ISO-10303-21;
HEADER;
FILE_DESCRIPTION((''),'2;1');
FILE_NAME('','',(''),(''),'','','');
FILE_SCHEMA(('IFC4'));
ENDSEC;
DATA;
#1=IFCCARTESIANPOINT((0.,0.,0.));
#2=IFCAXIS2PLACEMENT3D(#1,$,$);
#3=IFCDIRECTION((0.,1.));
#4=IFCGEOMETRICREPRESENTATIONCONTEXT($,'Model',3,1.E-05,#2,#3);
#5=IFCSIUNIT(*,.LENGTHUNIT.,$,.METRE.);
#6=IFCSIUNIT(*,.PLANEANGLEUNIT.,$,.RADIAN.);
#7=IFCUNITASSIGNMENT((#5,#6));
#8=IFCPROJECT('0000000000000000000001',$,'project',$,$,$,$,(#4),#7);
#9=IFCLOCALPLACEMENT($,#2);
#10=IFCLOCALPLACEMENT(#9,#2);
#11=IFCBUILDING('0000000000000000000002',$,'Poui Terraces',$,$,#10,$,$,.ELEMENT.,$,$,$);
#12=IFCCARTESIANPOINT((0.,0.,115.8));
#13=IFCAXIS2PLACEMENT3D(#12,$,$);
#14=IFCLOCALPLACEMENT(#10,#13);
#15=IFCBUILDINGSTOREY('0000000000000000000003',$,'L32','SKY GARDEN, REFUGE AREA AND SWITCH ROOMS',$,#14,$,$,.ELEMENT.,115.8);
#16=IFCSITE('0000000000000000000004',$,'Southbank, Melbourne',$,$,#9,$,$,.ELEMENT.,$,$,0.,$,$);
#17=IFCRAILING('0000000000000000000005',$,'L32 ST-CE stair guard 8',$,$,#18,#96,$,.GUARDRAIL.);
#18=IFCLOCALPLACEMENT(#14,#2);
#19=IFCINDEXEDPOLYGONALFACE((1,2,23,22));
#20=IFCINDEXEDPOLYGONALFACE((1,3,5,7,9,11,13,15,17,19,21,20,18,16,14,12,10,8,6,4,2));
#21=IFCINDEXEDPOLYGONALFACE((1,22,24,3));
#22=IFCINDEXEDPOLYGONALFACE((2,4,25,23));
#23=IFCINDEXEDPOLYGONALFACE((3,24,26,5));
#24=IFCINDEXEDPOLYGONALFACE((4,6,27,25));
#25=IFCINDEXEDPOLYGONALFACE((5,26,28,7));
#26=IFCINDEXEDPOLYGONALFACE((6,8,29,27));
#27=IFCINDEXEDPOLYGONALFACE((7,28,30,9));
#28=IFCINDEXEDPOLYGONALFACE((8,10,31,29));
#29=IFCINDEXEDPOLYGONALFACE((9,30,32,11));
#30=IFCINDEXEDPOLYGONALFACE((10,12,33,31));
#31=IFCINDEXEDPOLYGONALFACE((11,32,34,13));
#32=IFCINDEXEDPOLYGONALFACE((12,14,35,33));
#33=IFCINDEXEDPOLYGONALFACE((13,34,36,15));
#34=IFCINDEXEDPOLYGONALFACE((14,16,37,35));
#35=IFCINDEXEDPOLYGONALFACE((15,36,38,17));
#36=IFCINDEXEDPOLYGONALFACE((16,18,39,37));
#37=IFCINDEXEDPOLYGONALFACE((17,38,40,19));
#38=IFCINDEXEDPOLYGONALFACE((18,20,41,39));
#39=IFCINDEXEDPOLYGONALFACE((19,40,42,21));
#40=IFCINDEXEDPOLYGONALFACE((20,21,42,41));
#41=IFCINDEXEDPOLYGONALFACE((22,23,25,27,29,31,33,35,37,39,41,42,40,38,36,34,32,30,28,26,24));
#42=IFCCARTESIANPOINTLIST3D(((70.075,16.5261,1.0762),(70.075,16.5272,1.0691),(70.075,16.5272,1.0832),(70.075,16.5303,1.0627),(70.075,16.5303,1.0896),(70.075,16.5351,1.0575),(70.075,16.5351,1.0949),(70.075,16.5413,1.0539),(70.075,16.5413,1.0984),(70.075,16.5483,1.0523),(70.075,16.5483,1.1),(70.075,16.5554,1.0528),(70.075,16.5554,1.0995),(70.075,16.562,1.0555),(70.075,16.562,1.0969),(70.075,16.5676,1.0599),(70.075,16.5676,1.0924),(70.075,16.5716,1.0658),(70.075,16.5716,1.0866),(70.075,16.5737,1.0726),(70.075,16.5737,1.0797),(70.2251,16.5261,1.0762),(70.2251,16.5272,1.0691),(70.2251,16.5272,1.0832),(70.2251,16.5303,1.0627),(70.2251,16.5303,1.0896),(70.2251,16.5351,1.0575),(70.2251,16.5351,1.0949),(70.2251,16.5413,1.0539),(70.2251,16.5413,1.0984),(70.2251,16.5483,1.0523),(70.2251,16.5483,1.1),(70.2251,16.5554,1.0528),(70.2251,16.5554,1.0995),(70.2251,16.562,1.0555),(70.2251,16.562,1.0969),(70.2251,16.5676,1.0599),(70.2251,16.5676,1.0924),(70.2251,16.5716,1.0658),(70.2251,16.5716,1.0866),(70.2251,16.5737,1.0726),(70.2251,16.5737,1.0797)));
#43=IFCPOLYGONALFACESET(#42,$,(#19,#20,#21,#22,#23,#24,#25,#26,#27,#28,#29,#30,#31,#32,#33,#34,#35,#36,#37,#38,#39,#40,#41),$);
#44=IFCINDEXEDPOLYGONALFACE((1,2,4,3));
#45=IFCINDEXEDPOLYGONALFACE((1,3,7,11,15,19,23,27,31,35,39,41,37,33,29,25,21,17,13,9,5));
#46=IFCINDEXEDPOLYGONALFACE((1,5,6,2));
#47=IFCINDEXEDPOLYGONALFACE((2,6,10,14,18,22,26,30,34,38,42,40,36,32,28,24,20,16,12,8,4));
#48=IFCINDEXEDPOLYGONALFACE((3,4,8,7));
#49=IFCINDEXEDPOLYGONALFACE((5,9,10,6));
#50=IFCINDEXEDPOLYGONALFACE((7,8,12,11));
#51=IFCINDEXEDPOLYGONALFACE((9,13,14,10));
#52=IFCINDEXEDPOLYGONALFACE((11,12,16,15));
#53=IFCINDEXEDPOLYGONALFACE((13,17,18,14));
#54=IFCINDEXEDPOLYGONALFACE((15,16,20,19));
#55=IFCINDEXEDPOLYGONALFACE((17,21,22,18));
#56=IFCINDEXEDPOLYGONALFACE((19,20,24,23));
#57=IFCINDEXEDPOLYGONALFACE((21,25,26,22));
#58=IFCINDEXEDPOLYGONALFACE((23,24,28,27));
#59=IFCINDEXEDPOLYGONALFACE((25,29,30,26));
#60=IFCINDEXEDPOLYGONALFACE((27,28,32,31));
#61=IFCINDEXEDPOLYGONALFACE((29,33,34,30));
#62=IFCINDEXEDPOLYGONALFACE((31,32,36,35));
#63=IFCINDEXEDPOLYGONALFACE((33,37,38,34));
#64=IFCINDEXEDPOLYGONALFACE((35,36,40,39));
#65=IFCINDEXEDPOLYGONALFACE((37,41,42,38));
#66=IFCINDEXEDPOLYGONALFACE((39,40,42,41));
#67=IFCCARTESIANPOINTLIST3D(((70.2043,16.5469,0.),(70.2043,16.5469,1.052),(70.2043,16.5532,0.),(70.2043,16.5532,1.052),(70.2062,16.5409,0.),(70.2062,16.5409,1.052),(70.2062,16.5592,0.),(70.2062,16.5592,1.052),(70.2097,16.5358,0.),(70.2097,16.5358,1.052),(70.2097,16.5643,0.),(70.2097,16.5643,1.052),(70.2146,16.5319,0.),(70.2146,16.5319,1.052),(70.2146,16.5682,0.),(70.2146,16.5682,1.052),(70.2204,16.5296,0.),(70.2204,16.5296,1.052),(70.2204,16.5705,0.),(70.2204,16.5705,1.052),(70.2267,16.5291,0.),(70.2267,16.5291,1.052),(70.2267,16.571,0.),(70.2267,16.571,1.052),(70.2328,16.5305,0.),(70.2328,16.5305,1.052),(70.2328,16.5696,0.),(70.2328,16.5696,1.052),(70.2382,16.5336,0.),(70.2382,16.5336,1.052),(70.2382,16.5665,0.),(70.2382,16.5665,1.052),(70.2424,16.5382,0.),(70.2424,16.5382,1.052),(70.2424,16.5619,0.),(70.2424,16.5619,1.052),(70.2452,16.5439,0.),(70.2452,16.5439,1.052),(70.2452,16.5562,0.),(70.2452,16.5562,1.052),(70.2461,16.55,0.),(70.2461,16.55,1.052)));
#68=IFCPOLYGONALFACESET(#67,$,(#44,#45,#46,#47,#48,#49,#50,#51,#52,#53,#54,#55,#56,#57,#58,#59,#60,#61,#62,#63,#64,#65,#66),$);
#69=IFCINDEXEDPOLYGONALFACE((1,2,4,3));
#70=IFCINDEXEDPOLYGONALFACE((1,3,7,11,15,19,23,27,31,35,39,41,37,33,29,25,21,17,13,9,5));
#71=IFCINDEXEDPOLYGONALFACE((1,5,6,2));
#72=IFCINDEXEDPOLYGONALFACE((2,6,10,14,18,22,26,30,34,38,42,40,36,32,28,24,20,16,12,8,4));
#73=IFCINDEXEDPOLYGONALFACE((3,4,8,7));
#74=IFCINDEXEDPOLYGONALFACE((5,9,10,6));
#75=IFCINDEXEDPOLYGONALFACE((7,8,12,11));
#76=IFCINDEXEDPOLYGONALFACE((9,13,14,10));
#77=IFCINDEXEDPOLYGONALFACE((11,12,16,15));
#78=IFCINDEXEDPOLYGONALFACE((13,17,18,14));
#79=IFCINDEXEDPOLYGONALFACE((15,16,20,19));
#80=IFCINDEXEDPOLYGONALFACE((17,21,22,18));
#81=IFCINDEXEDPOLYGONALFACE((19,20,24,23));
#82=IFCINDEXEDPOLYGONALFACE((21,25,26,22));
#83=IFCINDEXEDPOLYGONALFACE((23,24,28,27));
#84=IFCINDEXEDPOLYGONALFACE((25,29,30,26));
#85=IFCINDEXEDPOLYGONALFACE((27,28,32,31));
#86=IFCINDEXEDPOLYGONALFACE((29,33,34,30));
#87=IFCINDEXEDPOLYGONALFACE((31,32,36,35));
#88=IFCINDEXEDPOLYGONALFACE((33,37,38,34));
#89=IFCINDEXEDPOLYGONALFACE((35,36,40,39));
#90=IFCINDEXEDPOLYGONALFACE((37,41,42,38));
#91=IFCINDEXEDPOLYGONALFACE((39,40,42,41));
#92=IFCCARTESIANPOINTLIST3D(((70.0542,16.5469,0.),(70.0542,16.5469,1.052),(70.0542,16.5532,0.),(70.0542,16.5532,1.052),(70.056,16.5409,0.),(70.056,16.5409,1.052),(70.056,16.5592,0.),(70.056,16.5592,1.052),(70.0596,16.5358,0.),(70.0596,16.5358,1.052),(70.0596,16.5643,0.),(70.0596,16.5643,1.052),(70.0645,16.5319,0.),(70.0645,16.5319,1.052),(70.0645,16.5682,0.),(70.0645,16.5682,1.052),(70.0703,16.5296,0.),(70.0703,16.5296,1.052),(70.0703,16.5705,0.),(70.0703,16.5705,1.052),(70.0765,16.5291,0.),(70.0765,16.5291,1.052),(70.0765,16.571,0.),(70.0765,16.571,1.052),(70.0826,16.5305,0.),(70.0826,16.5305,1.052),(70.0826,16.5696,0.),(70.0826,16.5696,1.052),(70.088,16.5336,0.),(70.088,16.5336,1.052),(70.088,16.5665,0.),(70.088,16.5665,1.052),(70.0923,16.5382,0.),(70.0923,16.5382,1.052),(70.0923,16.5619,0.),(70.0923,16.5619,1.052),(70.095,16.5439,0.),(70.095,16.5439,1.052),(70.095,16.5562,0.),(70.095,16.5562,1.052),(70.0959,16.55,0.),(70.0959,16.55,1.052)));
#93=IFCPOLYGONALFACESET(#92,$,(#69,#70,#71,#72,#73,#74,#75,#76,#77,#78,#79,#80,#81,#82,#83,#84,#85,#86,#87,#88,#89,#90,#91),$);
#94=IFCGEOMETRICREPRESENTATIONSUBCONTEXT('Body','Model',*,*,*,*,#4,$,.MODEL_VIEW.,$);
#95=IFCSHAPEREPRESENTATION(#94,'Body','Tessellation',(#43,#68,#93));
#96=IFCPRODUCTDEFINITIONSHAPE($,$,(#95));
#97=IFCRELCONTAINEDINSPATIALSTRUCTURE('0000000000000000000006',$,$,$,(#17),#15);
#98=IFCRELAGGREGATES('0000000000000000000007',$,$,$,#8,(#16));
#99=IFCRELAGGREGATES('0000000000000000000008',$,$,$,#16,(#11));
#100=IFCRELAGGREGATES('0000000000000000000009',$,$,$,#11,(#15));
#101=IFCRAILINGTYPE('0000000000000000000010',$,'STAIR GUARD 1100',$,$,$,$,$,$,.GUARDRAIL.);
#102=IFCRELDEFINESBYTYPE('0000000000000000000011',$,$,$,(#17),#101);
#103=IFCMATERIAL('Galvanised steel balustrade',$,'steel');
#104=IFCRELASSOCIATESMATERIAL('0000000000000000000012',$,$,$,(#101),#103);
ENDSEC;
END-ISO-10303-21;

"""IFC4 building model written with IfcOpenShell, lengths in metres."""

from ifc_helpers import new_model, si_unit, direction, frame, origin, origin_2d, place, context, subcontext, project, spatial, circle, extrude, material, type_object, element, save


model = new_model("IFC4")

# Units and contexts
model_context = context("Model", 3, precision=1e-05, world=origin(), true_north=direction((0.0, 1.0)))
body_context = subcontext(model_context, "Body", "Model", "MODEL_VIEW")
ifc_project = project(units=[si_unit("LENGTHUNIT", "METRE"), si_unit("PLANEANGLEUNIT", "RADIAN")], contexts=[model_context])

# Site, building, storey
site_placement = place(None, origin())
site = spatial("IfcSite", under=ifc_project, at=site_placement, Name="Southbank, Melbourne", CompositionType="ELEMENT", RefElevation=0.0)
building_placement = place(site_placement, origin())
building = spatial("IfcBuilding", under=site, at=building_placement, Name="Poui Terraces", CompositionType="ELEMENT")
storey_placement = place(building_placement, frame((0.0, 0.0, 115.8)))
storey = spatial("IfcBuildingStorey", under=building, at=storey_placement, Name="L32", Description="SKY GARDEN, REFUGE AREA AND SWITCH ROOMS", CompositionType="ELEMENT", Elevation=115.8)

# Railing
ifc_material_1 = material(Name="Galvanised steel balustrade", Category="steel")
railing_type_1 = type_object("IfcRailingType", Name="STAIR GUARD 1100", PredefinedType="GUARDRAIL", material=ifc_material_1)
railing_1_placement = place(storey_placement, frame((70.2251, 16.55, 0.0)))
element("IfcRailing", 1, at=railing_1_placement, inside=storey, type_object=railing_type_1, Name="L32 ST-CE stair guard 8", PredefinedType="GUARDRAIL", context=body_context, shape_type="SweptSolid", body=[
    extrude(circle(Radius=0.0239, at=origin_2d()), frame((0.0, 0.0, 1.0762), z_axis=(-1.0, 0.0, 0.0), x_axis=(0.0, -1.0, 0.0)), (0.0, 0.0, 1.0), 0.1501),
    extrude(circle(Radius=0.021, at=origin_2d()), origin(), (0.0, 0.0, 1.0), 1.052),
    extrude(circle(Radius=0.021, at=origin_2d()), frame((-0.1501, 0.0, 0.0)), (0.0, 0.0, 1.0), 1.052),
])

save(model, "model.ifc")
